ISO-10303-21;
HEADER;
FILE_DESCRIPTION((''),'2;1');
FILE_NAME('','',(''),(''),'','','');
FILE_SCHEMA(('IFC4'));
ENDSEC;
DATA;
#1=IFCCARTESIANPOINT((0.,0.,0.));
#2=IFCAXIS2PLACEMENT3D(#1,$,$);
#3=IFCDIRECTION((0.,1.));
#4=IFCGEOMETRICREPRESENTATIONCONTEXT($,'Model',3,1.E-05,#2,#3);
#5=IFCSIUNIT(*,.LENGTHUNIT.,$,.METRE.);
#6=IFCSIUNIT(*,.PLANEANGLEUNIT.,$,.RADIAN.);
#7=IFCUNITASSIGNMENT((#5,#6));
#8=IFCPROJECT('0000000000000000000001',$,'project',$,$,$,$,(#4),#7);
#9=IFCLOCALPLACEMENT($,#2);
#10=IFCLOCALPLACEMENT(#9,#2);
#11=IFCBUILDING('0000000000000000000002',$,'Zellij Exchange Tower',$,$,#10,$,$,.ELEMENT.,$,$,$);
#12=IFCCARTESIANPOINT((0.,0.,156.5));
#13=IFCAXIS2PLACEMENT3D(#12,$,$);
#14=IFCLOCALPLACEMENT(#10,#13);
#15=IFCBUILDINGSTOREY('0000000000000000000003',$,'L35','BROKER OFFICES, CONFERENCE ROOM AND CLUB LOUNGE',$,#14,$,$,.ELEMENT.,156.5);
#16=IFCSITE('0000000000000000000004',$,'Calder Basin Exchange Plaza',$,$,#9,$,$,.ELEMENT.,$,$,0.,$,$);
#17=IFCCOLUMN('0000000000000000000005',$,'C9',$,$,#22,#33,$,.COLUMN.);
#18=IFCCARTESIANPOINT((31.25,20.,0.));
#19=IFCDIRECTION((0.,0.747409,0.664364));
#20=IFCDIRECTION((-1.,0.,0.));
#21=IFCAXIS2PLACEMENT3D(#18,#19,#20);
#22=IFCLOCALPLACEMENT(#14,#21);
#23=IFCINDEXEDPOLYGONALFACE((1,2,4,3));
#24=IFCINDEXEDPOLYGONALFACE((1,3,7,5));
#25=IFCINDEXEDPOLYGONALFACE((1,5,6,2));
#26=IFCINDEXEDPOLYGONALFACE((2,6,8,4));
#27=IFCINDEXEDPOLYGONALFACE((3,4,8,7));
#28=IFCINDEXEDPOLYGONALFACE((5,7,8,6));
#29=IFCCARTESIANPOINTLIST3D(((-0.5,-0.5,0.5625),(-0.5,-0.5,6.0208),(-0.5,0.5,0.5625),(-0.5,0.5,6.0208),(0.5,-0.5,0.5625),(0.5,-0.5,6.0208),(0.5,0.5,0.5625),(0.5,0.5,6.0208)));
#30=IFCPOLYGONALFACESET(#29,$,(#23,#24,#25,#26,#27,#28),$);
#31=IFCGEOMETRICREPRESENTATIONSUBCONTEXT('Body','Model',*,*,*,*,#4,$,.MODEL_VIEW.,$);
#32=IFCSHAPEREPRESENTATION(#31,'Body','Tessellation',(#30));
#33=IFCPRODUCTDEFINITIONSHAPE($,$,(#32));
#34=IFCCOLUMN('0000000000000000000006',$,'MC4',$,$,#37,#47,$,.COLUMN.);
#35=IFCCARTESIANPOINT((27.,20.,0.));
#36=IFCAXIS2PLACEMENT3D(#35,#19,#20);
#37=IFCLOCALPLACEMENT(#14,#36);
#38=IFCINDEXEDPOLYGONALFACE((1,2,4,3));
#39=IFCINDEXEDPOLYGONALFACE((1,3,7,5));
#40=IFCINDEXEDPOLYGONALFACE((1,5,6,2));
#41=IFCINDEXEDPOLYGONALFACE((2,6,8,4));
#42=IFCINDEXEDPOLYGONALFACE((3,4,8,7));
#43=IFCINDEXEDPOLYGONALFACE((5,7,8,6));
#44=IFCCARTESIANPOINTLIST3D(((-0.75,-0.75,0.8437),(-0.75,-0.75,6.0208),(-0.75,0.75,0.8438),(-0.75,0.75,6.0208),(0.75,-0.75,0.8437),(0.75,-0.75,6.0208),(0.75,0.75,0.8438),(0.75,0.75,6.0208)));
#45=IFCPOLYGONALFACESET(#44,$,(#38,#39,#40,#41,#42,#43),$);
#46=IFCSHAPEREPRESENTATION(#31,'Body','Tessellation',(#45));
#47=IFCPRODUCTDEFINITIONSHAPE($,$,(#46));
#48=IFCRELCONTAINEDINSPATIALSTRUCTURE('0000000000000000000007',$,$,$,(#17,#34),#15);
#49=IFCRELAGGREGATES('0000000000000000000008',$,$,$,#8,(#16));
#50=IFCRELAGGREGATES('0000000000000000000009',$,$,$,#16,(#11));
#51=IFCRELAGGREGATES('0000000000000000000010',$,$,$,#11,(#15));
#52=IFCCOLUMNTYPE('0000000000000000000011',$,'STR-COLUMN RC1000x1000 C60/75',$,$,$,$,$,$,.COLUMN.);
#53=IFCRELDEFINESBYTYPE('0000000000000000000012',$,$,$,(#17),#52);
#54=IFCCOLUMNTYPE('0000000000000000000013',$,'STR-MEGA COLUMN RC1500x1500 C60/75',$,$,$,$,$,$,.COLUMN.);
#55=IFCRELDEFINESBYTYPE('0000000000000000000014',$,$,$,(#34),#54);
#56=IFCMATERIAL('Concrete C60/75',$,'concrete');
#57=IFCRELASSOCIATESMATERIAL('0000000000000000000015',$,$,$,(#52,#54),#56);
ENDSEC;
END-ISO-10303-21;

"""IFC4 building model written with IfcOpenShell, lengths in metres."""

from ifc_helpers import new_model, si_unit, direction, frame, origin, origin_2d, place, context, subcontext, project, spatial, rectangle, extrude, clip, halfspace, material, material_profile, profile_set, type_object, element, save


model = new_model("IFC4")

# Units and contexts
model_context = context("Model", 3, precision=1e-05, world=origin(), true_north=direction((0.0, 1.0)))
body_context = subcontext(model_context, "Body", "Model", "MODEL_VIEW")
ifc_project = project(units=[si_unit("LENGTHUNIT", "METRE"), si_unit("PLANEANGLEUNIT", "RADIAN")], contexts=[model_context])

# Site, building, storey
site_placement = place(None, origin())
site = spatial("IfcSite", under=ifc_project, at=site_placement, Name="Calder Basin Exchange Plaza", CompositionType="ELEMENT", RefElevation=0.0)
building_placement = place(site_placement, origin())
building = spatial("IfcBuilding", under=site, at=building_placement, Name="Zellij Exchange Tower", CompositionType="ELEMENT")
storey_placement = place(building_placement, frame((0.0, 0.0, 156.5)))
storey = spatial("IfcBuildingStorey", under=building, at=storey_placement, Name="L35", Description="BROKER OFFICES, CONFERENCE ROOM AND CLUB LOUNGE", CompositionType="ELEMENT", Elevation=156.5)

# Columns
ifc_material_1 = material(Name="Concrete C60/75", Category="concrete")
ifc_material_profile_1 = material_profile(ifc_material_1, rectangle(XDim=1.0, YDim=1.0, at=origin_2d()), Name="STR-COLUMN RC1000x1000 C60/75")
ifc_profile_set_1 = profile_set([ifc_material_profile_1], Name="Concrete C60/75")
column_type_1 = type_object("IfcColumnType", Name="STR-COLUMN RC1000x1000 C60/75", PredefinedType="COLUMN", material=ifc_profile_set_1)
column_1_placement = place(storey_placement, frame((31.25, 20.0, 0.0), z_axis=(0.0, 0.747409, 0.664364), x_axis=(-1.0, 0.0, 0.0)))
element("IfcColumn", 1, at=column_1_placement, inside=storey, type_object=column_type_1, Name="C9", PredefinedType="COLUMN", context=body_context, shape_type="Clipping", body=[
    clip(extrude(rectangle(XDim=1.0, YDim=1.0, at=origin_2d()), origin(), (0.0, 0.0, 1.0), 6.0208), halfspace(frame((0.0, 0.0, 0.5625)), True)),
])
ifc_material_profile_2 = material_profile(ifc_material_1, rectangle(XDim=1.5, YDim=1.5, at=origin_2d()), Name="STR-MEGA COLUMN RC1500x1500 C60/75")
ifc_profile_set_2 = profile_set([ifc_material_profile_2], Name="Concrete C60/75")
column_type_2 = type_object("IfcColumnType", Name="STR-MEGA COLUMN RC1500x1500 C60/75", PredefinedType="COLUMN", material=ifc_profile_set_2)
column_2_placement = place(storey_placement, frame((27.0, 20.0, 0.0), z_axis=(0.0, 0.747409, 0.664364), x_axis=(-1.0, 0.0, 0.0)))
element("IfcColumn", 2, at=column_2_placement, inside=storey, type_object=column_type_2, Name="MC4", PredefinedType="COLUMN", context=body_context, shape_type="Clipping", body=[
    clip(extrude(rectangle(XDim=1.5, YDim=1.5, at=origin_2d()), origin(), (0.0, 0.0, 1.0), 6.0208), halfspace(frame((0.0, 0.0, 0.8438)), True)),
])

save(model, "model.ifc")
